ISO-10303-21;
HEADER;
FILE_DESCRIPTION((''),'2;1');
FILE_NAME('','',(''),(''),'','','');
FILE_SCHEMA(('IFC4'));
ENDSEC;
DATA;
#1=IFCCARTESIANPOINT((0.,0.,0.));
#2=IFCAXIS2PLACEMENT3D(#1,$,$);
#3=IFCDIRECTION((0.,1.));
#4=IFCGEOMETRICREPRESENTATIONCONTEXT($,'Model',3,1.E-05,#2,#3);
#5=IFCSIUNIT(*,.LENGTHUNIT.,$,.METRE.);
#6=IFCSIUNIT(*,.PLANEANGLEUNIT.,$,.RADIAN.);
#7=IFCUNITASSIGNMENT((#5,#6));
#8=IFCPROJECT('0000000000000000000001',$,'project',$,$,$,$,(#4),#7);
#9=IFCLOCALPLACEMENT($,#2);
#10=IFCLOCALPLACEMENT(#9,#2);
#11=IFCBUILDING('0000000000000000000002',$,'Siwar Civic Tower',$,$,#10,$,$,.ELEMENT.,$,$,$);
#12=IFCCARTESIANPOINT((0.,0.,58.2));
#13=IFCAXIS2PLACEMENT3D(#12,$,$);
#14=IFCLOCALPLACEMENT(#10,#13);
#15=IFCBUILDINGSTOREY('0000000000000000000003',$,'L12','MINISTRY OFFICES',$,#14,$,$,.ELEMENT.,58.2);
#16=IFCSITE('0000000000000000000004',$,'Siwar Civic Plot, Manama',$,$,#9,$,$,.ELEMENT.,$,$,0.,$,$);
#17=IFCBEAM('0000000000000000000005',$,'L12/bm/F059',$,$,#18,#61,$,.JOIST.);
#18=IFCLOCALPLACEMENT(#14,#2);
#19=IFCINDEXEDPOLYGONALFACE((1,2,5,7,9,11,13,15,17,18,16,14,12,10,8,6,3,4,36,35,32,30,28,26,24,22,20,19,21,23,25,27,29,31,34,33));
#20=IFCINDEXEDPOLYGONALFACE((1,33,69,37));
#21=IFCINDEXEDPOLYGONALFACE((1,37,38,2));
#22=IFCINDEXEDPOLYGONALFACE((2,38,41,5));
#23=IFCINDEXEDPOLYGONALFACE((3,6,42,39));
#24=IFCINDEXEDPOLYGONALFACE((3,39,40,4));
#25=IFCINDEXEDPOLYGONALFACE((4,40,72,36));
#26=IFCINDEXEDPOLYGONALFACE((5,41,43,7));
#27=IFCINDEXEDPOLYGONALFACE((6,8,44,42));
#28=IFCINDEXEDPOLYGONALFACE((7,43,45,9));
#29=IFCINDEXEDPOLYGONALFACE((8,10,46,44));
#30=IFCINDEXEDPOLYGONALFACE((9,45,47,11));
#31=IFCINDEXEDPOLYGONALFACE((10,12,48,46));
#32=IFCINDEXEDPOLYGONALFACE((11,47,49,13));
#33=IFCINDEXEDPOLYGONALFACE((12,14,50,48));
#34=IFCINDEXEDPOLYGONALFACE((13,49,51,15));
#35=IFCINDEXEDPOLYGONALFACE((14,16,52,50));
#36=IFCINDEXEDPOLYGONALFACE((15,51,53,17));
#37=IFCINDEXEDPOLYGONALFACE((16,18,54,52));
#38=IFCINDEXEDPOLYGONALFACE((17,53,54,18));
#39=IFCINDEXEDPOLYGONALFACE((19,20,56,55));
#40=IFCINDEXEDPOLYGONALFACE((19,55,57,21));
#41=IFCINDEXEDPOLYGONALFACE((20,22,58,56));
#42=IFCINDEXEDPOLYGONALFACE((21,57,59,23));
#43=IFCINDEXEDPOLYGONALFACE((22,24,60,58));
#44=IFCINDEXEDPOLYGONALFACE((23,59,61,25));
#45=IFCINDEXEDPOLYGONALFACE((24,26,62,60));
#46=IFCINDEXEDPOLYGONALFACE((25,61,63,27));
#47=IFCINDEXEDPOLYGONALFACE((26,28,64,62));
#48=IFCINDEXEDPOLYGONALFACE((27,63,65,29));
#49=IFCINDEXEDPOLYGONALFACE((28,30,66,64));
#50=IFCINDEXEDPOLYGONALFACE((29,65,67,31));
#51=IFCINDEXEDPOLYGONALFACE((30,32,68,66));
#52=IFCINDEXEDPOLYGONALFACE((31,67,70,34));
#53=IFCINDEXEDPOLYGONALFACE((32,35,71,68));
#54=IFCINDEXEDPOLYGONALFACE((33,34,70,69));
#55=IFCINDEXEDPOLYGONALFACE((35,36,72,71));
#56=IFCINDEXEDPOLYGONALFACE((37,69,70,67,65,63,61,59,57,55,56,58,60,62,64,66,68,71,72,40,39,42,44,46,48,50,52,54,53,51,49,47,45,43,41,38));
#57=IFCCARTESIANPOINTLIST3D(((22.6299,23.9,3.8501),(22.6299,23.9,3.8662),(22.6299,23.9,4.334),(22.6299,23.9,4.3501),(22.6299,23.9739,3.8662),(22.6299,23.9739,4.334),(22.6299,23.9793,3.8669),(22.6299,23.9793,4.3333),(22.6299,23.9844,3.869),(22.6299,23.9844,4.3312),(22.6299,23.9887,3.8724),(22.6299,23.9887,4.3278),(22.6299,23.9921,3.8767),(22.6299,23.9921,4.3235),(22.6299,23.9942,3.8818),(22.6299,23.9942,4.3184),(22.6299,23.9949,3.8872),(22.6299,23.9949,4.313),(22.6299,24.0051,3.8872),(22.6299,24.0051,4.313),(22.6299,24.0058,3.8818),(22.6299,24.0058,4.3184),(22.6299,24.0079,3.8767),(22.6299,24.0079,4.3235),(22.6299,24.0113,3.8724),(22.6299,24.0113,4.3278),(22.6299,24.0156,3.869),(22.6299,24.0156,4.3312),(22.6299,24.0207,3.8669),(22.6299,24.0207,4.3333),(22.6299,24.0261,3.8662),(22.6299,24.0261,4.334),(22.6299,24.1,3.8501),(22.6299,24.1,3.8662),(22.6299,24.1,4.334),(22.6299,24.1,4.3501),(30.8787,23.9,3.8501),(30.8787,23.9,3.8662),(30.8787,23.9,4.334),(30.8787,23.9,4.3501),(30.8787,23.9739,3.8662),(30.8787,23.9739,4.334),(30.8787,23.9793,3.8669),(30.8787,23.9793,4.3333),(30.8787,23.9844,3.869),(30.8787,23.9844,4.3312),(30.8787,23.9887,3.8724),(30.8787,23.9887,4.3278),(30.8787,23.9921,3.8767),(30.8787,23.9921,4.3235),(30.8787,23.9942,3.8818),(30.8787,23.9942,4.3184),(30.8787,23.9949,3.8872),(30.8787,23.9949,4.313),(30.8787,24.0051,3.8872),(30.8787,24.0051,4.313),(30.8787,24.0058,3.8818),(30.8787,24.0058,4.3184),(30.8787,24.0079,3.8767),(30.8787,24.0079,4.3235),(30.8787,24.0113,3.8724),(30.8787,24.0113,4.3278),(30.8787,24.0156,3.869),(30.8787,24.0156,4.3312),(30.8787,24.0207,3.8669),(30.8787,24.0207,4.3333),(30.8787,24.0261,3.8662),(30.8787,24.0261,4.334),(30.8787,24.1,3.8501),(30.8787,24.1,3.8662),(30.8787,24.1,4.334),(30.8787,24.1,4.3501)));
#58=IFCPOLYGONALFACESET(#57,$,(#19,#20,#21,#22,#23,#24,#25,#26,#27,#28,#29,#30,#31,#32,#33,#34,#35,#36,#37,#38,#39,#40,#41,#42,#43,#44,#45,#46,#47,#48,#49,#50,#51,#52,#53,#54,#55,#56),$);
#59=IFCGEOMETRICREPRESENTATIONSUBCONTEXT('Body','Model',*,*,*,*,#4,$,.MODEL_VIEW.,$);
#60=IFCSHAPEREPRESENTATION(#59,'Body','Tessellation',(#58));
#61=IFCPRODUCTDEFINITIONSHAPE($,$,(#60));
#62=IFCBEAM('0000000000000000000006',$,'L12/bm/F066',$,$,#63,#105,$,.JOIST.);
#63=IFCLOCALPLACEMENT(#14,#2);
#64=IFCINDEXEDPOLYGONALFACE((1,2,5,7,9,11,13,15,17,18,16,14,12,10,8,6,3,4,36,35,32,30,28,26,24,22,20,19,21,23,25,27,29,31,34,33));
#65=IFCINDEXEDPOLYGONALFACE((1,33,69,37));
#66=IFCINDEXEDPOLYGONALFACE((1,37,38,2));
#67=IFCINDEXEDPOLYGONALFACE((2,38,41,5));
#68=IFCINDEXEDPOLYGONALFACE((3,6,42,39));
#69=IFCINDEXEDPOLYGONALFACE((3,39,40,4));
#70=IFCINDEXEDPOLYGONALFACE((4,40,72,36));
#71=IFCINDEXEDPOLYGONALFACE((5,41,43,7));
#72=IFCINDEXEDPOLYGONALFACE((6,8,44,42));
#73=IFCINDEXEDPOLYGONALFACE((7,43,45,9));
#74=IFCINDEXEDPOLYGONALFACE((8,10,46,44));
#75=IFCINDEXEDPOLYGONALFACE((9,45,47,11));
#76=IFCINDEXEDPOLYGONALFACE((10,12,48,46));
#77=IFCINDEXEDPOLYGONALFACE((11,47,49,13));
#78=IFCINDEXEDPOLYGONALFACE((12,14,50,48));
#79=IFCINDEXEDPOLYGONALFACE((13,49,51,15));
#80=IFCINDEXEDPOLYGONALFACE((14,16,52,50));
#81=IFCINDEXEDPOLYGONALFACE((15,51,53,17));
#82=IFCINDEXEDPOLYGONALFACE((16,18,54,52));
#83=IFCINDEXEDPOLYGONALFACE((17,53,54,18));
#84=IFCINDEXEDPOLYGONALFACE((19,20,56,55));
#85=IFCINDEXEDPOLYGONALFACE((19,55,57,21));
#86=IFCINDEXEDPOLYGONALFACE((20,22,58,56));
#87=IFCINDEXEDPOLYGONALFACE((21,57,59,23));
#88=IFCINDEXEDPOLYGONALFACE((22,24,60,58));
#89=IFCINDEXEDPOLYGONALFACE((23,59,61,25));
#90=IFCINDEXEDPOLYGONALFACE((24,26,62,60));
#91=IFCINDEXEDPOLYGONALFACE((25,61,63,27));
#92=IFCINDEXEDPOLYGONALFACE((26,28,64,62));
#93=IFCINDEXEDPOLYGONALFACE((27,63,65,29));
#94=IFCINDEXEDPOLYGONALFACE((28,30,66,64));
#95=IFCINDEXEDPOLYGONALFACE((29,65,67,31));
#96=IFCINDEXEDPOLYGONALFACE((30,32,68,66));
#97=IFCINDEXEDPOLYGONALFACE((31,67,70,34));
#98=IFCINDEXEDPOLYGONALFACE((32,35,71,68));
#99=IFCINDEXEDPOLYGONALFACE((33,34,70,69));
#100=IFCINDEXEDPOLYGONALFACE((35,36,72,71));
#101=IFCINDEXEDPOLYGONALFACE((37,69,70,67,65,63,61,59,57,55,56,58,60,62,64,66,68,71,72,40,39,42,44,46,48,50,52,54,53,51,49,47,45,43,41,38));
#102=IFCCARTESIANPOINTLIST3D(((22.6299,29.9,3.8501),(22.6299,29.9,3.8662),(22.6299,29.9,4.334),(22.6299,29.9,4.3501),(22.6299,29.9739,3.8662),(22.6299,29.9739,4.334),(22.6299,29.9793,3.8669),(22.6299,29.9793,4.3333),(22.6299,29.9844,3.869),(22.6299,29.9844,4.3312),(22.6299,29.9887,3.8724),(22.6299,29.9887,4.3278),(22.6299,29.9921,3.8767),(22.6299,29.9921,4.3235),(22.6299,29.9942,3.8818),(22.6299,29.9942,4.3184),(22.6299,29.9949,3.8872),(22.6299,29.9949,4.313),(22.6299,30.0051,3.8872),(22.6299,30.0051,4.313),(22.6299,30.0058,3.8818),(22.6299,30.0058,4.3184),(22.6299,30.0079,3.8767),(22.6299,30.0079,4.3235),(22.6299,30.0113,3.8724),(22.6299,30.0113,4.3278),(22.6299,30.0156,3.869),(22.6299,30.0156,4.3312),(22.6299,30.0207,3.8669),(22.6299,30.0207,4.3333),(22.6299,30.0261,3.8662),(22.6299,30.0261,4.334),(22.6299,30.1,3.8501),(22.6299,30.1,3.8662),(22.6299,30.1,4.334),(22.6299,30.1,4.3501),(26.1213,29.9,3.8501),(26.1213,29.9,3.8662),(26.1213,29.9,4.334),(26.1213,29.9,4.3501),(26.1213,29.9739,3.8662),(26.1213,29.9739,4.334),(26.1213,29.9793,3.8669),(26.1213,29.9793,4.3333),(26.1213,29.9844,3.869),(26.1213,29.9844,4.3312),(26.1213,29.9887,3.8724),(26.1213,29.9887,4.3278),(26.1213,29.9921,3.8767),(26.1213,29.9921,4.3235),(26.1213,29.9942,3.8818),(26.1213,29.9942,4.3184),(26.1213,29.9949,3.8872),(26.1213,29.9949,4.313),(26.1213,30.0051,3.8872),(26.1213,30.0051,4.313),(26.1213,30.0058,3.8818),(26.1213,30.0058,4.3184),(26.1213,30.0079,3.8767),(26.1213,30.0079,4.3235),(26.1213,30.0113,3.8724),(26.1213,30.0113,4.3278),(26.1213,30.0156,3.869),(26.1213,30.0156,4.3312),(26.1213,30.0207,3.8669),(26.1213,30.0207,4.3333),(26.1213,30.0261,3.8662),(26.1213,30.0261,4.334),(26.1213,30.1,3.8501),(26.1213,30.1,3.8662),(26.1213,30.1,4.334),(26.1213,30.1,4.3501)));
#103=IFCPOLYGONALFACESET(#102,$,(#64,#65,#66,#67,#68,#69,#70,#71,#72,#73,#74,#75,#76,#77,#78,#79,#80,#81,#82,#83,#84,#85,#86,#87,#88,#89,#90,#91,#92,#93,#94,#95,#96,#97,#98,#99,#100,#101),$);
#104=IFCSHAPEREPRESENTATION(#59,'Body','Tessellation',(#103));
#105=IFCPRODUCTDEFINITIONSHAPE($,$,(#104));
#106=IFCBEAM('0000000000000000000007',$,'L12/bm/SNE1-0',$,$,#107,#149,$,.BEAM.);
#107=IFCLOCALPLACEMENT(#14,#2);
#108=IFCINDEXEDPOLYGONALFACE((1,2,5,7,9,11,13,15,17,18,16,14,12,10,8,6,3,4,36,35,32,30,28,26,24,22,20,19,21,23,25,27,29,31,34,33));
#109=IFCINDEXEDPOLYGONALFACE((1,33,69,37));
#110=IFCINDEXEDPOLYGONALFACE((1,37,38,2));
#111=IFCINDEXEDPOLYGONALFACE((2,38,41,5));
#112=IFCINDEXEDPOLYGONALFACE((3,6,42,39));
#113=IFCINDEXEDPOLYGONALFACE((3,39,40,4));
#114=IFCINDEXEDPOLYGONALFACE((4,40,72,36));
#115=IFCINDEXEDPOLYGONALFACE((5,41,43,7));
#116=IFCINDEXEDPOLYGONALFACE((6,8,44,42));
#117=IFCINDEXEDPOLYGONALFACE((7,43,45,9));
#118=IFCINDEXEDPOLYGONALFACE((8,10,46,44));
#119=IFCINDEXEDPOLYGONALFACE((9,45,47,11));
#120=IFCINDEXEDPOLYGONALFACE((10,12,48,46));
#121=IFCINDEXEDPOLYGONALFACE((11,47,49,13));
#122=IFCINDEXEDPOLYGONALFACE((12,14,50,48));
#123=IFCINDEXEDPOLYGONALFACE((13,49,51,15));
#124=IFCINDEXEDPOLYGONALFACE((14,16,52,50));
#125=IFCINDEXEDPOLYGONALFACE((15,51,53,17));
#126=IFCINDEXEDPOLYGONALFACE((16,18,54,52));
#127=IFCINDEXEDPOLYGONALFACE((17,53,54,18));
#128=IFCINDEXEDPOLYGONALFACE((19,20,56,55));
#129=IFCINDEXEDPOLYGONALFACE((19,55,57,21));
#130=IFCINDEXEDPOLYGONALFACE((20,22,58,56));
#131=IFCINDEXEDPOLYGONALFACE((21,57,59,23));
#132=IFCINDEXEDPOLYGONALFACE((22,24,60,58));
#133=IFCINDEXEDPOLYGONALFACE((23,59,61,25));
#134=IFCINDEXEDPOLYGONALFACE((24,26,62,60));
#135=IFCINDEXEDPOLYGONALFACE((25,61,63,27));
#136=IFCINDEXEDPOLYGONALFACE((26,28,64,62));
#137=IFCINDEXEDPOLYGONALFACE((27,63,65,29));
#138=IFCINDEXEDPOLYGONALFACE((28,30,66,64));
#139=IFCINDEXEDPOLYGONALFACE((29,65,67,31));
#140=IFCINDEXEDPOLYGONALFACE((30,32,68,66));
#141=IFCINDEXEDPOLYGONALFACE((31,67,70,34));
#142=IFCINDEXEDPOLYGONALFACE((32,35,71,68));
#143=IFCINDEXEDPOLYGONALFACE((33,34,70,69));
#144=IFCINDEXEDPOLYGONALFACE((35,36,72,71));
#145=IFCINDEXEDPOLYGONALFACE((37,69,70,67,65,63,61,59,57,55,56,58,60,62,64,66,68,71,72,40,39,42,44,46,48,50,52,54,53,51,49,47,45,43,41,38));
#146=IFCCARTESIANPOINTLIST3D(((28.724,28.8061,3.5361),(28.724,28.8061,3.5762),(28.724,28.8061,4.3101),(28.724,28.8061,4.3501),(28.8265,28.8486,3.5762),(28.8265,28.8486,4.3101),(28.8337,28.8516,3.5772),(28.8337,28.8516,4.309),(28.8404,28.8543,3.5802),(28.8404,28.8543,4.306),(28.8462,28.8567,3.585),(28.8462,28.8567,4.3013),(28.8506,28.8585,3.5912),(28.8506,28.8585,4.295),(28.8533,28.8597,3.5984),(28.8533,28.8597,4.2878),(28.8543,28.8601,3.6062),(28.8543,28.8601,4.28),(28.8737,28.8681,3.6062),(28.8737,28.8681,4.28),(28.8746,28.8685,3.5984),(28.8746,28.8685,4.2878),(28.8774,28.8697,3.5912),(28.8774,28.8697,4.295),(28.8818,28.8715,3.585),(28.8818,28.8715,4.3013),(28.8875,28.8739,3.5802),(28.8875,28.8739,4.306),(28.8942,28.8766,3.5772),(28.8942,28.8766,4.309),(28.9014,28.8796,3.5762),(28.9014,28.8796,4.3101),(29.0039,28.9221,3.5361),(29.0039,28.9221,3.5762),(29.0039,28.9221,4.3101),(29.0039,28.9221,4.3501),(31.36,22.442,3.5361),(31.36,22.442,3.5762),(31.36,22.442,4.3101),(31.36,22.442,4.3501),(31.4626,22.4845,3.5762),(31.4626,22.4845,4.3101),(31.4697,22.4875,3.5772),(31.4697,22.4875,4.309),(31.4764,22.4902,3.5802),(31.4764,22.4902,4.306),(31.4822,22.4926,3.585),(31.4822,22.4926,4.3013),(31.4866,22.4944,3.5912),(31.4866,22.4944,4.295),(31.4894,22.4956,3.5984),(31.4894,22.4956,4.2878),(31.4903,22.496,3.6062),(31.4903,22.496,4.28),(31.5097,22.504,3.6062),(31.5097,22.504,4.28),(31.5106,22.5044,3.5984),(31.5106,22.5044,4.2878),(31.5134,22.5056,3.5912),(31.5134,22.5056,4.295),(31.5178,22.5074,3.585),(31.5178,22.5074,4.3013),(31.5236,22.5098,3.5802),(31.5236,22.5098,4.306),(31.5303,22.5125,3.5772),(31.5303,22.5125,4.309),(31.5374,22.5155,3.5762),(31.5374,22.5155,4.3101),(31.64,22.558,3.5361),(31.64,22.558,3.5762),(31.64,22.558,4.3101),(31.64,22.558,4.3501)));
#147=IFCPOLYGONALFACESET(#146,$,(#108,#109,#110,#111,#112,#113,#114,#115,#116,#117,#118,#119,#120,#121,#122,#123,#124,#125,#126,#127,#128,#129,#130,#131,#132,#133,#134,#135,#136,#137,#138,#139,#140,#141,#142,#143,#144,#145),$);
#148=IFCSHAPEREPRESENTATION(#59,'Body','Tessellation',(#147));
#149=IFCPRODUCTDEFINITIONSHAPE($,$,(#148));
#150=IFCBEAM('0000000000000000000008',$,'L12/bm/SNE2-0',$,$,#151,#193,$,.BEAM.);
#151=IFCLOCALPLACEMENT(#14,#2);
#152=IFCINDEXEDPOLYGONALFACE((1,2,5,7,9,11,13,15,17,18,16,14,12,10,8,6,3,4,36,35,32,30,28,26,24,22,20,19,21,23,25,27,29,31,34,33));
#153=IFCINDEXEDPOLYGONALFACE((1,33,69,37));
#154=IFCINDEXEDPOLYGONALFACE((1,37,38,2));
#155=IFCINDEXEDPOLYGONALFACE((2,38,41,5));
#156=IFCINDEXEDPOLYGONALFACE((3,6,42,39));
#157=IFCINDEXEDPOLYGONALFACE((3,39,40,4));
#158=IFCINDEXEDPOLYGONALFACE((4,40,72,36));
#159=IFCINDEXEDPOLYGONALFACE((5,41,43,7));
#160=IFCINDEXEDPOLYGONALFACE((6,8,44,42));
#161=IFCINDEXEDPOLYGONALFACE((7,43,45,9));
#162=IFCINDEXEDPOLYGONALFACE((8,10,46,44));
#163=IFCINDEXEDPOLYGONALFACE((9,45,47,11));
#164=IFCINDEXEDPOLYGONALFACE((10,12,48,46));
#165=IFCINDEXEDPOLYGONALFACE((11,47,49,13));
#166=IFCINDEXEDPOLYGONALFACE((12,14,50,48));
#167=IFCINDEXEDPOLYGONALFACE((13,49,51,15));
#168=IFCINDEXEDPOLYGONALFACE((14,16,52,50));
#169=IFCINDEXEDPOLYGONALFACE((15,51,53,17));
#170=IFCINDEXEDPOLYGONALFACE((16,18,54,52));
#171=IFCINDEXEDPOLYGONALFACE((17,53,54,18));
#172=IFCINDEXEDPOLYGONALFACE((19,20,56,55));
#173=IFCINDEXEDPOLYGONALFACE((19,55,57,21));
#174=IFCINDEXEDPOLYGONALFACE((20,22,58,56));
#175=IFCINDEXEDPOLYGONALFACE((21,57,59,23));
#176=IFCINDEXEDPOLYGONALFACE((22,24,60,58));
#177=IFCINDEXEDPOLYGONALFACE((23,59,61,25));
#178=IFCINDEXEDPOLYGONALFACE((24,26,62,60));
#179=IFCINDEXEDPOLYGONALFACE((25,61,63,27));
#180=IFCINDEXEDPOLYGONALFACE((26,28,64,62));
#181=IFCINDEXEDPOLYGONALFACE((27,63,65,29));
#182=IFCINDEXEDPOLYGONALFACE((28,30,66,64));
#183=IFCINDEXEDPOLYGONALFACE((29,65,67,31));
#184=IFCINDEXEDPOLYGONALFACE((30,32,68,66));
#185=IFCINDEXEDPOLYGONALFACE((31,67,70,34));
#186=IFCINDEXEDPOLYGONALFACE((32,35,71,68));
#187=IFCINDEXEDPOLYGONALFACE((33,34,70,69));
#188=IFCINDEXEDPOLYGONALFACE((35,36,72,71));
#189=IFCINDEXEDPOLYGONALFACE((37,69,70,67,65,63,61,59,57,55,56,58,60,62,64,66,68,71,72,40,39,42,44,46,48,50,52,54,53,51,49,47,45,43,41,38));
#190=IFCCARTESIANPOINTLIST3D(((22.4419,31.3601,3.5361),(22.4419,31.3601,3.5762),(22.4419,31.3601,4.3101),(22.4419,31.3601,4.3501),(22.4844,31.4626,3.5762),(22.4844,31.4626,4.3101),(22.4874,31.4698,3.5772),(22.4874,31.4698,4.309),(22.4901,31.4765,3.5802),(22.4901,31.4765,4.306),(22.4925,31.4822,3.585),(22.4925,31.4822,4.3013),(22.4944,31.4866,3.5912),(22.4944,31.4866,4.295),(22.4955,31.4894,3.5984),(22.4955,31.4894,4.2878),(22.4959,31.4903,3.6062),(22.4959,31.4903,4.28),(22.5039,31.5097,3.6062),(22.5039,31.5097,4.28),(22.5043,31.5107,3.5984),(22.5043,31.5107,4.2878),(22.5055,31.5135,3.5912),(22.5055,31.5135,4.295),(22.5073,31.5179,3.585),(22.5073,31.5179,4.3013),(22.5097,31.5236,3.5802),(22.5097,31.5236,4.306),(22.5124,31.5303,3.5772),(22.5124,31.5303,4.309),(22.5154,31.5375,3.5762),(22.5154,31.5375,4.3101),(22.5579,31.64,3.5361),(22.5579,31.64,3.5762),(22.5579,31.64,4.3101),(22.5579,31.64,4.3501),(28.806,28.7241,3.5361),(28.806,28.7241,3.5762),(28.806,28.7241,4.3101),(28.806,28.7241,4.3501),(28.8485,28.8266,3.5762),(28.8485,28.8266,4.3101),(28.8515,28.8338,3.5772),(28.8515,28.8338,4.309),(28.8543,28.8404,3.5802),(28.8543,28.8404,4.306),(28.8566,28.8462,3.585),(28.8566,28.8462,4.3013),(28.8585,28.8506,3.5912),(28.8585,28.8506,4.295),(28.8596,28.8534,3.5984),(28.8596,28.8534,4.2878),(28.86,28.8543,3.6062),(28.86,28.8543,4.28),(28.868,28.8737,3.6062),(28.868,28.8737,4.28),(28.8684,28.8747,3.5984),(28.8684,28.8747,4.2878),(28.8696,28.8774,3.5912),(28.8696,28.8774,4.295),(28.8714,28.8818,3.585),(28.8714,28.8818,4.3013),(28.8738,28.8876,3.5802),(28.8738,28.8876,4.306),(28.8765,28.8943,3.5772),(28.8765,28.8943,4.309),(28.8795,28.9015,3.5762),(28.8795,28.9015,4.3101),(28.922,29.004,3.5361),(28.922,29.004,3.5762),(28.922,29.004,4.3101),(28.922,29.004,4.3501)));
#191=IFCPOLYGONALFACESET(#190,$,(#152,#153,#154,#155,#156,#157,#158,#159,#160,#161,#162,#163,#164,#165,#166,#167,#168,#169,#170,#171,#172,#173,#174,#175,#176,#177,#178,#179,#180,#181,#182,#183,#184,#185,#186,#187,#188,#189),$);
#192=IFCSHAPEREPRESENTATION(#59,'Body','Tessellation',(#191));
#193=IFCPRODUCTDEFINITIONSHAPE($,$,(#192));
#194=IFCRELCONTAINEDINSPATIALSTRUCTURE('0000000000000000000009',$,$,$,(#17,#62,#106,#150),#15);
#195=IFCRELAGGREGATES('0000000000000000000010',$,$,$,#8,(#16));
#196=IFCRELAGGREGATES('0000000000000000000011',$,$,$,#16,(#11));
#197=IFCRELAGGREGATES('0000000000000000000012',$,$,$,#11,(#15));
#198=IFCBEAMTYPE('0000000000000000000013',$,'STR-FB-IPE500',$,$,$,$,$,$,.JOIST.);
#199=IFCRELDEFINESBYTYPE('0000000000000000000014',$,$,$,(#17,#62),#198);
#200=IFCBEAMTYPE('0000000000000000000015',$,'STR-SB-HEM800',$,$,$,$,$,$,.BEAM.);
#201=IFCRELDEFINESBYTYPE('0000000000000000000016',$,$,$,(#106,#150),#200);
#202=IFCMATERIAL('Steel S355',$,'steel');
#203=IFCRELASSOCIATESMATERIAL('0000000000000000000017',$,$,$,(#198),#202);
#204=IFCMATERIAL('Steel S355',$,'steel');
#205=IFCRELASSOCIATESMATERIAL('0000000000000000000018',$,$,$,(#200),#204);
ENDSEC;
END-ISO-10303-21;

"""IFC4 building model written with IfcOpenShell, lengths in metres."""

from ifc_helpers import new_model, si_unit, direction, frame, origin, origin_2d, place, context, subcontext, project, spatial, i_section, extrude, material, material_profile, profile_set, type_object, element, save


model = new_model("IFC4")

# Units and contexts
model_context = context("Model", 3, precision=1e-05, world=origin(), true_north=direction((0.0, 1.0)))
body_context = subcontext(model_context, "Body", "Model", "MODEL_VIEW")
ifc_project = project(units=[si_unit("LENGTHUNIT", "METRE"), si_unit("PLANEANGLEUNIT", "RADIAN")], contexts=[model_context])

# Site, building, storey
site_placement = place(None, origin())
site = spatial("IfcSite", under=ifc_project, at=site_placement, Name="Siwar Civic Plot, Manama", CompositionType="ELEMENT", RefElevation=0.0)
building_placement = place(site_placement, origin())
building = spatial("IfcBuilding", under=site, at=building_placement, Name="Siwar Civic Tower", CompositionType="ELEMENT")
storey_placement = place(building_placement, frame((0.0, 0.0, 58.2)))
storey = spatial("IfcBuildingStorey", under=building, at=storey_placement, Name="L12", Description="MINISTRY OFFICES", CompositionType="ELEMENT", Elevation=58.2)

# Beams
ifc_material_1 = material(Name="Steel S355", Category="steel")
ifc_material_profile_1 = material_profile(ifc_material_1, i_section(OverallWidth=0.2, OverallDepth=0.5, WebThickness=0.0103, FlangeThickness=0.0161, FilletRadius=0.021, at=origin_2d()), Name="IPE500")
ifc_profile_set_1 = profile_set([ifc_material_profile_1], Name="Steel S355")
beam_type_1 = type_object("IfcBeamType", Name="STR-FB-IPE500", PredefinedType="JOIST", material=ifc_profile_set_1)
beam_1_placement = place(storey_placement, frame((22.6299, 24.0, 4.1001), z_axis=(1.0, 0.0, 0.0), x_axis=(0.0, 1.0, 0.0)))
element("IfcBeam", 1, at=beam_1_placement, inside=storey, type_object=beam_type_1, Name="L12/bm/F059", PredefinedType="JOIST", context=body_context, shape_type="SweptSolid", body=[
    extrude(i_section(OverallWidth=0.2, OverallDepth=0.5, WebThickness=0.0103, FlangeThickness=0.0161, FilletRadius=0.021, at=origin_2d()), origin(), (0.0, 0.0, 1.0), 8.2488),
])
beam_2_placement = place(storey_placement, frame((22.6299, 30.0, 4.1001), z_axis=(1.0, 0.0, 0.0), x_axis=(0.0, 1.0, 0.0)))
element("IfcBeam", 2, at=beam_2_placement, inside=storey, type_object=beam_type_1, Name="L12/bm/F066", PredefinedType="JOIST", context=body_context, shape_type="SweptSolid", body=[
    extrude(i_section(OverallWidth=0.2, OverallDepth=0.5, WebThickness=0.0103, FlangeThickness=0.0161, FilletRadius=0.021, at=origin_2d()), origin(), (0.0, 0.0, 1.0), 3.4915),
])
ifc_material_2 = material(Name="Steel S355", Category="steel")
ifc_material_profile_2 = material_profile(ifc_material_2, i_section(OverallWidth=0.303, OverallDepth=0.814, WebThickness=0.021, FlangeThickness=0.04, FilletRadius=0.03, at=origin_2d()), Name="HEM800")
ifc_profile_set_2 = profile_set([ifc_material_profile_2], Name="Steel S355")
beam_type_2 = type_object("IfcBeamType", Name="STR-SB-HEM800", PredefinedType="BEAM", material=ifc_profile_set_2)
for number, where, z_axis, x_axis, name in (
    (3, (31.5, 22.5, 3.9431), (-0.382674, 0.923883, 0.0), (-0.923883, -0.382674, 0.0), "L12/bm/SNE1-0"),
    (4, (28.864, 28.864, 3.9431), (-0.923883, 0.382674, 0.0), (-0.382674, -0.923883, 0.0), "L12/bm/SNE2-0"),
):
    element("IfcBeam", number, at=place(storey_placement, frame(where, z_axis=z_axis, x_axis=x_axis)), inside=storey, type_object=beam_type_2, Name=name, PredefinedType="BEAM", context=body_context, shape_type="SweptSolid", body=[
        extrude(i_section(OverallWidth=0.303, OverallDepth=0.814, WebThickness=0.021, FlangeThickness=0.04, FilletRadius=0.03, at=origin_2d()), origin(), (0.0, 0.0, 1.0), 6.8884),
    ])

save(model, "model.ifc")
